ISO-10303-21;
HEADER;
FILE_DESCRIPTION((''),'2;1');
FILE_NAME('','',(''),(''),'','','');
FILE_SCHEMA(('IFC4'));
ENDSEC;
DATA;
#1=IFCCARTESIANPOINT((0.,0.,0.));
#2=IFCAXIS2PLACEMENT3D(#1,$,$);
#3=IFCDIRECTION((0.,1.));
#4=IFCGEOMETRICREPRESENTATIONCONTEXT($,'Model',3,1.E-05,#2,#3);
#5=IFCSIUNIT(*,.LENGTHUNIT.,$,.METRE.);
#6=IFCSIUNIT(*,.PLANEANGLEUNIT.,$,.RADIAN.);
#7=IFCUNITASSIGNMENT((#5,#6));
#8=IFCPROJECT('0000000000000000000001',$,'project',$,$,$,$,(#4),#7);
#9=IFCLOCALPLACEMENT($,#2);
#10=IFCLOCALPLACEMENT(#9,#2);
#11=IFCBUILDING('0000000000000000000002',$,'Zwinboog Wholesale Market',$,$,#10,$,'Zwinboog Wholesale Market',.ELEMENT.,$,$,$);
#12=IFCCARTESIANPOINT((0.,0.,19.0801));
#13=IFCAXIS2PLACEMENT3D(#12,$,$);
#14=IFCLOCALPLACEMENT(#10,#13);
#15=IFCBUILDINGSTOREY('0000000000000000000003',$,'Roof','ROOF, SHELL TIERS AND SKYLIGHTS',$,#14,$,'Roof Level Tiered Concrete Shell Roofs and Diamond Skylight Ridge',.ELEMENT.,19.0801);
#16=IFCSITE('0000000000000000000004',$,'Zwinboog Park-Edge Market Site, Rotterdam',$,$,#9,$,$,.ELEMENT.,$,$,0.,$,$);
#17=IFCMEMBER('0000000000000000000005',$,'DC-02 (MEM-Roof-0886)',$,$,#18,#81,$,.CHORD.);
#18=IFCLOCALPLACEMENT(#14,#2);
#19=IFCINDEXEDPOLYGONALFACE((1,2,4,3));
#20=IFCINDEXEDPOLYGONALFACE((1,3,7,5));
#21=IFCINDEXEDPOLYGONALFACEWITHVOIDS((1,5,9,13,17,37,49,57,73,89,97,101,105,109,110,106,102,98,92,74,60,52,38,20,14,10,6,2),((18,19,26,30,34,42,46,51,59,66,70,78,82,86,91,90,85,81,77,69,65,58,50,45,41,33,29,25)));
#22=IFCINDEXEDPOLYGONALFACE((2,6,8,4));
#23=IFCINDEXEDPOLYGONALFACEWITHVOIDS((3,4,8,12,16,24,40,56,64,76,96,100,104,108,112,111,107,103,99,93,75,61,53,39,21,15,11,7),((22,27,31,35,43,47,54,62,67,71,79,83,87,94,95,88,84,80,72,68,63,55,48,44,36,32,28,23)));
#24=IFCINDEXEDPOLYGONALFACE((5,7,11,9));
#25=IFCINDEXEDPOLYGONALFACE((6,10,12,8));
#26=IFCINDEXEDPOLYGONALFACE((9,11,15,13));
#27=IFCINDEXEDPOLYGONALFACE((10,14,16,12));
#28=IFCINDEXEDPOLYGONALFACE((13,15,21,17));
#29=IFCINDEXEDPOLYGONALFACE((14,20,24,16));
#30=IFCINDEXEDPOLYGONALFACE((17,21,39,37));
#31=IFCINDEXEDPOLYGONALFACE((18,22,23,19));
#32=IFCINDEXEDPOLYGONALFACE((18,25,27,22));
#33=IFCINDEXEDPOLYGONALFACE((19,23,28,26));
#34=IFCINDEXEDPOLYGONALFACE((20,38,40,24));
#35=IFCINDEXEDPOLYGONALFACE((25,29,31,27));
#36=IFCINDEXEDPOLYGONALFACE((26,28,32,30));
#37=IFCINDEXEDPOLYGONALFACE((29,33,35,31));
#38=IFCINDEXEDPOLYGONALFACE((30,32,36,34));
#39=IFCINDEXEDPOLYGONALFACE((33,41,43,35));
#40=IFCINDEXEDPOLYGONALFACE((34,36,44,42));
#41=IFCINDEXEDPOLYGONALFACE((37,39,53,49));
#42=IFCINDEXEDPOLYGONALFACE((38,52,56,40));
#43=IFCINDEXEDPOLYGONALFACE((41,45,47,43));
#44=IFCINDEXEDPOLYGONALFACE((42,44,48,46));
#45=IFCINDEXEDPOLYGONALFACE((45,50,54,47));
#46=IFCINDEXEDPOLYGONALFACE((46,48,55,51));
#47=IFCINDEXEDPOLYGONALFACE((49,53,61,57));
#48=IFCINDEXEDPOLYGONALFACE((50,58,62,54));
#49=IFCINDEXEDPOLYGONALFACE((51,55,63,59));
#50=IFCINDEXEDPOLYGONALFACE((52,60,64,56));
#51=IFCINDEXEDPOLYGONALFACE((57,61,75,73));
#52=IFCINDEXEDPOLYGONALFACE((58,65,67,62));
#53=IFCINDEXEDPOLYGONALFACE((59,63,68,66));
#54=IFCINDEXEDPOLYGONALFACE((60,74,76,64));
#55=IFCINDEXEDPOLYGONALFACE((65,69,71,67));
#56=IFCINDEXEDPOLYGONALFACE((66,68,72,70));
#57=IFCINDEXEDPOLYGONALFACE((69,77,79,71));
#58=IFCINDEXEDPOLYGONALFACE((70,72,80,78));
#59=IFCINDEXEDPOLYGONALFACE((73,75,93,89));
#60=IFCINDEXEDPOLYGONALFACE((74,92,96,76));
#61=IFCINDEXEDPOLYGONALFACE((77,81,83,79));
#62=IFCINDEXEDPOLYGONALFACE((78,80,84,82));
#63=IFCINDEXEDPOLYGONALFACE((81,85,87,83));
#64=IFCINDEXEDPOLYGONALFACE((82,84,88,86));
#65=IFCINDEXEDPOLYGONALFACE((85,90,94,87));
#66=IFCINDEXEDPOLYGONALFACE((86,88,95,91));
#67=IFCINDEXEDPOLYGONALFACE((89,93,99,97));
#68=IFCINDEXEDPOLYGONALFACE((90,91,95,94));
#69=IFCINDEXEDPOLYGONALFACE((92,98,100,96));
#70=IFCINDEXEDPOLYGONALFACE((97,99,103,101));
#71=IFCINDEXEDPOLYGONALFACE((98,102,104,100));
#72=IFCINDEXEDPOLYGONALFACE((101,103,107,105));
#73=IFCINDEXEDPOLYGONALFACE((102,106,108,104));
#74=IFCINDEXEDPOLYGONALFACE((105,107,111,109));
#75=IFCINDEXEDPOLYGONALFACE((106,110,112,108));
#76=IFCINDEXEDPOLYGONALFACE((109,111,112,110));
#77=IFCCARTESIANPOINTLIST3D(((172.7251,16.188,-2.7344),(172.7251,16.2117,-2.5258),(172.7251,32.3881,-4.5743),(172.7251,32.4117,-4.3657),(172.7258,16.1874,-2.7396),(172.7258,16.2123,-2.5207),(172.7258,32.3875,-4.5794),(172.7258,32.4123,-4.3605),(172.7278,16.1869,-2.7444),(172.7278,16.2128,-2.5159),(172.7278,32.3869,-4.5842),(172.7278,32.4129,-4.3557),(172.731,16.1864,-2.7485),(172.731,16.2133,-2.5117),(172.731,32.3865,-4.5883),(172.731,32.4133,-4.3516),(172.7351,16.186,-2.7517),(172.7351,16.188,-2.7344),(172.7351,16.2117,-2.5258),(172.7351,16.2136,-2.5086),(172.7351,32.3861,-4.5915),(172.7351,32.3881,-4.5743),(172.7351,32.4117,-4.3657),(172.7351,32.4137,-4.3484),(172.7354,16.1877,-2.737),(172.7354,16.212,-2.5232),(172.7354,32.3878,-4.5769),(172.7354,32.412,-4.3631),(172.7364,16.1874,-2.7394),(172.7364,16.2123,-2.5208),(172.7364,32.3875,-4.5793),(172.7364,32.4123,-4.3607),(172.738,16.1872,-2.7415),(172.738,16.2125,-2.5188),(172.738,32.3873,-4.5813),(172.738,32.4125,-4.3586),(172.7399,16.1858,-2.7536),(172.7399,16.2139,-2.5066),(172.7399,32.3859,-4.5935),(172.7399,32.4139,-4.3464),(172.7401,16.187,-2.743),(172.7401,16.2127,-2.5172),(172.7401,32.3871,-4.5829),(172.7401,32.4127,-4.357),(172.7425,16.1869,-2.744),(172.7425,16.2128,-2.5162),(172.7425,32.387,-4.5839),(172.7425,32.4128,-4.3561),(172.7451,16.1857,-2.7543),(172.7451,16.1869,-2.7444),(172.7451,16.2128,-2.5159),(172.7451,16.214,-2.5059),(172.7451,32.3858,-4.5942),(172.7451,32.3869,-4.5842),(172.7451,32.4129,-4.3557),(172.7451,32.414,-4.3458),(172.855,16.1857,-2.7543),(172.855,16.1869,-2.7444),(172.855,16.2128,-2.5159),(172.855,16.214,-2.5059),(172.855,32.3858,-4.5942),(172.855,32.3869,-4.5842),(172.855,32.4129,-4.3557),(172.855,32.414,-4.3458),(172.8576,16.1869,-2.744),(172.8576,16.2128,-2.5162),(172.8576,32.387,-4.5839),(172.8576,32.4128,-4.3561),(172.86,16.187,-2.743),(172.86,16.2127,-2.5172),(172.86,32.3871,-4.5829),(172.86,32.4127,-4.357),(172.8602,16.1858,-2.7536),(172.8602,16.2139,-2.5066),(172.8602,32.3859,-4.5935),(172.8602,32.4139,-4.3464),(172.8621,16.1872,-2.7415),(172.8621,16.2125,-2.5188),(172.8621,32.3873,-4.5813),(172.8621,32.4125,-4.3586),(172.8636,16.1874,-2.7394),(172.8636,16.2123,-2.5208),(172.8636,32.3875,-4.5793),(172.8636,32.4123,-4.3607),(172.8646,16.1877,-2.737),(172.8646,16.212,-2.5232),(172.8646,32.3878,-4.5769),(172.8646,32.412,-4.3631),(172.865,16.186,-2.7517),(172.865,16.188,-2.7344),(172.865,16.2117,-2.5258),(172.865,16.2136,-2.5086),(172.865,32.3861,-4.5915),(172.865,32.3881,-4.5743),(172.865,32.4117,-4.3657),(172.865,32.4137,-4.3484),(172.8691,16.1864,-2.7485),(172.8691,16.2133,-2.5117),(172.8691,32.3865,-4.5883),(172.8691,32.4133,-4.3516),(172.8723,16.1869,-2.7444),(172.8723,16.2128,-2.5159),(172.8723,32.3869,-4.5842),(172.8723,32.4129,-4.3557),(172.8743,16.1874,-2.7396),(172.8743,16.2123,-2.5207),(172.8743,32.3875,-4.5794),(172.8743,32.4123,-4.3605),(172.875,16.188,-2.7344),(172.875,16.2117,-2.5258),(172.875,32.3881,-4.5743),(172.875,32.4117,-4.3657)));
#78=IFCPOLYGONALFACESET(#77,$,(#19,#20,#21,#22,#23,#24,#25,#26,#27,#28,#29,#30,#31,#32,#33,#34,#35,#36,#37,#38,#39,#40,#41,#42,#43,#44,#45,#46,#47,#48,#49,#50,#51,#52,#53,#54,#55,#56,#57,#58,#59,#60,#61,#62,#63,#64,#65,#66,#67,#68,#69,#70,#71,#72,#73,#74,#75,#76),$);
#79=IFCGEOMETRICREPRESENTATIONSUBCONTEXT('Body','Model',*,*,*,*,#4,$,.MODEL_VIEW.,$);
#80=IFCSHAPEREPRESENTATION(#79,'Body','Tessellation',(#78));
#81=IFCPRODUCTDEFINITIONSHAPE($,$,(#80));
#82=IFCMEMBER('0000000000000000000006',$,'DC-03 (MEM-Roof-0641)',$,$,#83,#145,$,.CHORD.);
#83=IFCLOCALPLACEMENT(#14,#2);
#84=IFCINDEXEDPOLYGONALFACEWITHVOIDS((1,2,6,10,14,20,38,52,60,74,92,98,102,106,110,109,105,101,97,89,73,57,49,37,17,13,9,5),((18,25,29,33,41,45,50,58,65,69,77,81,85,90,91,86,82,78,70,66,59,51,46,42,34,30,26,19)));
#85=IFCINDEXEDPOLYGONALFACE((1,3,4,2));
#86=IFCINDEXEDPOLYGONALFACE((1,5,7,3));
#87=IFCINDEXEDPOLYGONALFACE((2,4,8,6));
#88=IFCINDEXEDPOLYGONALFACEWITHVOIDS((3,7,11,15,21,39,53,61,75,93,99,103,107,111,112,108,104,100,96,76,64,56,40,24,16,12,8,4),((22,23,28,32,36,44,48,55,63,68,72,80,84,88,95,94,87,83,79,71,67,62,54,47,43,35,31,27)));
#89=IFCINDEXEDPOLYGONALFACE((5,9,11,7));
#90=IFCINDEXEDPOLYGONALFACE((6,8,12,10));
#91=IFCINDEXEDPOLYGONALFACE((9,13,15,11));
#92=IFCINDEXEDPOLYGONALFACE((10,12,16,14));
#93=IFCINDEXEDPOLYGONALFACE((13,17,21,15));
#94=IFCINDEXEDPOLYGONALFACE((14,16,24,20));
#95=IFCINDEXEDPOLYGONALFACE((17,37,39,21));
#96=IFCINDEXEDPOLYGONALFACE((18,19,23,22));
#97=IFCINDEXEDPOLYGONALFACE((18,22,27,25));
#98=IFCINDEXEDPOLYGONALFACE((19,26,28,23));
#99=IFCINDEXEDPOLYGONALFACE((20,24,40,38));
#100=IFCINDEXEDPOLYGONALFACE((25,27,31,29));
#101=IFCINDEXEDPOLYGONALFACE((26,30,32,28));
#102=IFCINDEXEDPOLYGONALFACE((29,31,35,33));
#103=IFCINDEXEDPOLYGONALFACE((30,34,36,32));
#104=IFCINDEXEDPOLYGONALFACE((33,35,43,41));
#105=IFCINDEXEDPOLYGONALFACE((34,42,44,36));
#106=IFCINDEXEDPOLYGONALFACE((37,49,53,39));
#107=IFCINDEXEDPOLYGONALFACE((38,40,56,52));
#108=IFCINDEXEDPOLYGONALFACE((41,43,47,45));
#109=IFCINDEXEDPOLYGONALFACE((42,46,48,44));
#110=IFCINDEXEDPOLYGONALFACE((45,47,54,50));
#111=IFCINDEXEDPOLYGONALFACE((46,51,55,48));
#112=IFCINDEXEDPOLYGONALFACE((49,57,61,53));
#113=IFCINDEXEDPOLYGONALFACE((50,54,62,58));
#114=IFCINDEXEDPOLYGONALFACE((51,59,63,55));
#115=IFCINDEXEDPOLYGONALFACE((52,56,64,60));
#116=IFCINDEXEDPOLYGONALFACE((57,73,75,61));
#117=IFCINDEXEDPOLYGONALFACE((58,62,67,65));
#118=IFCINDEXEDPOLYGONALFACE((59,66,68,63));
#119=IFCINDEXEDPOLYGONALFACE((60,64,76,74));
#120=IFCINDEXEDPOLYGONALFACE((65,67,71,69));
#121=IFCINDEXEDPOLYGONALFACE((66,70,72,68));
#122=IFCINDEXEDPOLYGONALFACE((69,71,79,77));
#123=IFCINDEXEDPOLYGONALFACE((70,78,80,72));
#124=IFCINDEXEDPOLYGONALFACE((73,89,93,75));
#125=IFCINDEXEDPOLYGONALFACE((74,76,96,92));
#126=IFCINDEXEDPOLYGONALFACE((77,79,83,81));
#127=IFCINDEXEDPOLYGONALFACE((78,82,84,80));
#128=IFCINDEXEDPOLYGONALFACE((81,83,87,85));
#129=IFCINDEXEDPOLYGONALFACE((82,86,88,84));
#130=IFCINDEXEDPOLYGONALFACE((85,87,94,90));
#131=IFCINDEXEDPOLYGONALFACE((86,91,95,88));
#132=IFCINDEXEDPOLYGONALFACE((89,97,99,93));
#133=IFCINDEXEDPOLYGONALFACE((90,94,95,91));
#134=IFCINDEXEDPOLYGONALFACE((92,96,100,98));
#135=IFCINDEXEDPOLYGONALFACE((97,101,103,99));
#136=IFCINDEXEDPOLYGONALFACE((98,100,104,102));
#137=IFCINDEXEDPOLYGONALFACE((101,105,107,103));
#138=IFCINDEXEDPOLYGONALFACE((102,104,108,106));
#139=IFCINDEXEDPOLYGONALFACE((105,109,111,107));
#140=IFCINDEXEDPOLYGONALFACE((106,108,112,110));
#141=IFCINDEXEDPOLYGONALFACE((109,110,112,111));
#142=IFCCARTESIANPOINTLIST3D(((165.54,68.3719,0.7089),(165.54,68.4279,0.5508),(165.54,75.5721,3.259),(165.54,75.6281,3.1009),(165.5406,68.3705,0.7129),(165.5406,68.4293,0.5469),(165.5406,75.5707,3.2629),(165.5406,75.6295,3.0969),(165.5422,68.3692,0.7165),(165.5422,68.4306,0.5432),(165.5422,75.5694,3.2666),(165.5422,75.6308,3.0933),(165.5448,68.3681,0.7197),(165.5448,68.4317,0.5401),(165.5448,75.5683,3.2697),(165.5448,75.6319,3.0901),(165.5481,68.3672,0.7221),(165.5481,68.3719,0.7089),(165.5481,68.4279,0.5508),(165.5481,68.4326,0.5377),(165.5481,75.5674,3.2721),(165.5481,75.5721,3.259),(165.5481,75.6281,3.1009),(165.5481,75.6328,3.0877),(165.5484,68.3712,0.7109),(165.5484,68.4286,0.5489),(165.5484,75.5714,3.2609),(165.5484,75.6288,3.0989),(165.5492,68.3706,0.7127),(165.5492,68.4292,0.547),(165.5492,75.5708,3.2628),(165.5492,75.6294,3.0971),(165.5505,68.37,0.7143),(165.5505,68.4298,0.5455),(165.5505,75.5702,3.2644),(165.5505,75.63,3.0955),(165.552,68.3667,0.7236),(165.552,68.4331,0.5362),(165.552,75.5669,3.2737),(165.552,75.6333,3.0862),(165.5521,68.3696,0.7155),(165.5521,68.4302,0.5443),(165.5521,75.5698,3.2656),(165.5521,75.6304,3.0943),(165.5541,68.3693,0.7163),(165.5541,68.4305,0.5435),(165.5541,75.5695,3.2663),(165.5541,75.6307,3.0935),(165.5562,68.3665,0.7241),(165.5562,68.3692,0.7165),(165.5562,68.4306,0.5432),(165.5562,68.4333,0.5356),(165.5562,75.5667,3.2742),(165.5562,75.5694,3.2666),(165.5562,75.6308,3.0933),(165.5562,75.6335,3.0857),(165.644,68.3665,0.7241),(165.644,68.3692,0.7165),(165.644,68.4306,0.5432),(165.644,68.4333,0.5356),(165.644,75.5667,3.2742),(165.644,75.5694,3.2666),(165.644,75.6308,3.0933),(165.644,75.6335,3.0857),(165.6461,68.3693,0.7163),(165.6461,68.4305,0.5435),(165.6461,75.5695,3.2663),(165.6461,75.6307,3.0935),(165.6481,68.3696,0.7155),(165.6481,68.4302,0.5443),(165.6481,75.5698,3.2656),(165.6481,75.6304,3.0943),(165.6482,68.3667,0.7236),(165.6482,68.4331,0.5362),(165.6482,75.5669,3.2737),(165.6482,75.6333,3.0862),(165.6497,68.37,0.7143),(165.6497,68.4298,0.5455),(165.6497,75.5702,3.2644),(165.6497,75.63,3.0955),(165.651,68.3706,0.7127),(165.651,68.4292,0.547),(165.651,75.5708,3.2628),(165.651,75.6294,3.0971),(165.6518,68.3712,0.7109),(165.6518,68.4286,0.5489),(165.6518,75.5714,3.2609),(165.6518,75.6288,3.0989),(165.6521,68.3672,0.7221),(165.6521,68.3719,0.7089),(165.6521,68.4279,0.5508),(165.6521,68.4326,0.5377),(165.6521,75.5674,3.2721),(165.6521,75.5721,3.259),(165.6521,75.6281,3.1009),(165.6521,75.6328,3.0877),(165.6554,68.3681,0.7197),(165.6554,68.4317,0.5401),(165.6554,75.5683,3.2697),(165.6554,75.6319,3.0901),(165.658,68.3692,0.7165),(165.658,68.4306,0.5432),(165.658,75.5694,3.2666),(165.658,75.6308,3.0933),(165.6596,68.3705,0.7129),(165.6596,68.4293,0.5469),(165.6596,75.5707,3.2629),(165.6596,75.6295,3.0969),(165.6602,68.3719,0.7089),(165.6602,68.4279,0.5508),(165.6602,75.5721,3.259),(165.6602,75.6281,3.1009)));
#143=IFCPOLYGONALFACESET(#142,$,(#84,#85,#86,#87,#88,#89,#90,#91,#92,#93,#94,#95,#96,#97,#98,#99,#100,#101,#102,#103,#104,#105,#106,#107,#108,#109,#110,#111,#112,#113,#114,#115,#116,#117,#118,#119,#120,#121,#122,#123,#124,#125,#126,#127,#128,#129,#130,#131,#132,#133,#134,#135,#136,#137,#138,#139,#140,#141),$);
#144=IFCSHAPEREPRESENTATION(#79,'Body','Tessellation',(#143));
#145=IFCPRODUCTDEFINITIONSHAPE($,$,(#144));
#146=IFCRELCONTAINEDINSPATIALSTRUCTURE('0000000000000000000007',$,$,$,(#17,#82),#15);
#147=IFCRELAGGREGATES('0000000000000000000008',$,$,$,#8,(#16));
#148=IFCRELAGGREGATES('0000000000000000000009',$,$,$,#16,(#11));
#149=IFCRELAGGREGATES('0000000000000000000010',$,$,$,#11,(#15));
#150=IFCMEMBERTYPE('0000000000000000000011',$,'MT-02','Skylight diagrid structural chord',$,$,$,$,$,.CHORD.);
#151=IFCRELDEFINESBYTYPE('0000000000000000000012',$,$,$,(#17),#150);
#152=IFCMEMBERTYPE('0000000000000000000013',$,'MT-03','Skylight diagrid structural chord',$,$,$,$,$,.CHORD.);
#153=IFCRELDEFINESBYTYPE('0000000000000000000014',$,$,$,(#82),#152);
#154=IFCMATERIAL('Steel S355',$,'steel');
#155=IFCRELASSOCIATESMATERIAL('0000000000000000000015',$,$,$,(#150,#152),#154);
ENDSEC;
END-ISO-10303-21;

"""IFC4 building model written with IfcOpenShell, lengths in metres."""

from ifc_helpers import new_model, si_unit, direction, frame, origin, origin_2d, place, context, subcontext, project, spatial, hollow_rectangle, extrude, material, material_profile, profile_set, type_object, element, save


model = new_model("IFC4")

# Units and contexts
model_context = context("Model", 3, precision=1e-05, world=origin(), true_north=direction((0.0, 1.0)))
body_context = subcontext(model_context, "Body", "Model", "MODEL_VIEW")
ifc_project = project(units=[si_unit("LENGTHUNIT", "METRE"), si_unit("PLANEANGLEUNIT", "RADIAN")], contexts=[model_context])

# Site, building, storey
site_placement = place(None, origin())
site = spatial("IfcSite", under=ifc_project, at=site_placement, Name="Zwinboog Park-Edge Market Site, Rotterdam", CompositionType="ELEMENT", RefElevation=0.0)
building_placement = place(site_placement, origin())
building = spatial("IfcBuilding", under=site, at=building_placement, Name="Zwinboog Wholesale Market", LongName="Zwinboog Wholesale Market", CompositionType="ELEMENT")
storey_placement = place(building_placement, frame((0.0, 0.0, 19.0801)))
storey = spatial("IfcBuildingStorey", under=building, at=storey_placement, Name="Roof", Description="ROOF, SHELL TIERS AND SKYLIGHTS", LongName="Roof Level Tiered Concrete Shell Roofs and Diamond Skylight Ridge", CompositionType="ELEMENT", Elevation=19.0801)

# Members
ifc_material_1 = material(Name="Steel S355", Category="steel")
ifc_material_profile_1 = material_profile(ifc_material_1, hollow_rectangle(XDim=0.1499, YDim=0.25, WallThickness=0.01, InnerFilletRadius=0.01, OuterFilletRadius=0.02, at=origin_2d()), Name="RHS 250x150x10")
ifc_profile_set_1 = profile_set([ifc_material_profile_1], Name="Steel S355")
member_type_1 = type_object("IfcMemberType", Name="MT-02", Description="Skylight diagrid structural chord", PredefinedType="CHORD", material=ifc_profile_set_1)
member_1_placement = place(storey_placement, frame((172.8, 32.3999, -4.47), z_axis=(0.0, -0.993613, 0.112846), x_axis=(1.0, 0.0, 0.0)))
element("IfcMember", 1, at=member_1_placement, inside=storey, type_object=member_type_1, Name="DC-02 (MEM-Roof-0886)", PredefinedType="CHORD", context=body_context, shape_type="SweptSolid", body=[
    extrude(hollow_rectangle(XDim=0.1499, YDim=0.25, WallThickness=0.01, InnerFilletRadius=0.01, OuterFilletRadius=0.02, at=origin_2d()), origin(), (0.0, 0.0, 1.0), 16.3042),
])
ifc_material_profile_2 = material_profile(ifc_material_1, hollow_rectangle(XDim=0.1201, YDim=0.2, WallThickness=0.0081, InnerFilletRadius=0.0081, OuterFilletRadius=0.0161, at=origin_2d()), Name="RHS 200x120x8")
ifc_profile_set_2 = profile_set([ifc_material_profile_2], Name="Steel S355")
member_type_2 = type_object("IfcMemberType", Name="MT-03", Description="Skylight diagrid structural chord", PredefinedType="CHORD", material=ifc_profile_set_2)
for number, where, z_axis, x_axis, name in (
    (2, (165.6001, 68.3999, 0.6299), (0.0, 0.942628, 0.333845), (-1.0, 0.0, 0.0), "DC-03 (MEM-Roof-0641)"),
):
    element("IfcMember", number, at=place(storey_placement, frame(where, z_axis=z_axis, x_axis=x_axis)), inside=storey, type_object=member_type_2, Name=name, PredefinedType="CHORD", context=body_context, shape_type="SweptSolid", body=[
        extrude(hollow_rectangle(XDim=0.1201, YDim=0.2, WallThickness=0.0081, InnerFilletRadius=0.0081, OuterFilletRadius=0.0161, at=origin_2d()), origin(), (0.0, 0.0, 1.0), 7.6384),
    ])

save(model, "model.ifc")
